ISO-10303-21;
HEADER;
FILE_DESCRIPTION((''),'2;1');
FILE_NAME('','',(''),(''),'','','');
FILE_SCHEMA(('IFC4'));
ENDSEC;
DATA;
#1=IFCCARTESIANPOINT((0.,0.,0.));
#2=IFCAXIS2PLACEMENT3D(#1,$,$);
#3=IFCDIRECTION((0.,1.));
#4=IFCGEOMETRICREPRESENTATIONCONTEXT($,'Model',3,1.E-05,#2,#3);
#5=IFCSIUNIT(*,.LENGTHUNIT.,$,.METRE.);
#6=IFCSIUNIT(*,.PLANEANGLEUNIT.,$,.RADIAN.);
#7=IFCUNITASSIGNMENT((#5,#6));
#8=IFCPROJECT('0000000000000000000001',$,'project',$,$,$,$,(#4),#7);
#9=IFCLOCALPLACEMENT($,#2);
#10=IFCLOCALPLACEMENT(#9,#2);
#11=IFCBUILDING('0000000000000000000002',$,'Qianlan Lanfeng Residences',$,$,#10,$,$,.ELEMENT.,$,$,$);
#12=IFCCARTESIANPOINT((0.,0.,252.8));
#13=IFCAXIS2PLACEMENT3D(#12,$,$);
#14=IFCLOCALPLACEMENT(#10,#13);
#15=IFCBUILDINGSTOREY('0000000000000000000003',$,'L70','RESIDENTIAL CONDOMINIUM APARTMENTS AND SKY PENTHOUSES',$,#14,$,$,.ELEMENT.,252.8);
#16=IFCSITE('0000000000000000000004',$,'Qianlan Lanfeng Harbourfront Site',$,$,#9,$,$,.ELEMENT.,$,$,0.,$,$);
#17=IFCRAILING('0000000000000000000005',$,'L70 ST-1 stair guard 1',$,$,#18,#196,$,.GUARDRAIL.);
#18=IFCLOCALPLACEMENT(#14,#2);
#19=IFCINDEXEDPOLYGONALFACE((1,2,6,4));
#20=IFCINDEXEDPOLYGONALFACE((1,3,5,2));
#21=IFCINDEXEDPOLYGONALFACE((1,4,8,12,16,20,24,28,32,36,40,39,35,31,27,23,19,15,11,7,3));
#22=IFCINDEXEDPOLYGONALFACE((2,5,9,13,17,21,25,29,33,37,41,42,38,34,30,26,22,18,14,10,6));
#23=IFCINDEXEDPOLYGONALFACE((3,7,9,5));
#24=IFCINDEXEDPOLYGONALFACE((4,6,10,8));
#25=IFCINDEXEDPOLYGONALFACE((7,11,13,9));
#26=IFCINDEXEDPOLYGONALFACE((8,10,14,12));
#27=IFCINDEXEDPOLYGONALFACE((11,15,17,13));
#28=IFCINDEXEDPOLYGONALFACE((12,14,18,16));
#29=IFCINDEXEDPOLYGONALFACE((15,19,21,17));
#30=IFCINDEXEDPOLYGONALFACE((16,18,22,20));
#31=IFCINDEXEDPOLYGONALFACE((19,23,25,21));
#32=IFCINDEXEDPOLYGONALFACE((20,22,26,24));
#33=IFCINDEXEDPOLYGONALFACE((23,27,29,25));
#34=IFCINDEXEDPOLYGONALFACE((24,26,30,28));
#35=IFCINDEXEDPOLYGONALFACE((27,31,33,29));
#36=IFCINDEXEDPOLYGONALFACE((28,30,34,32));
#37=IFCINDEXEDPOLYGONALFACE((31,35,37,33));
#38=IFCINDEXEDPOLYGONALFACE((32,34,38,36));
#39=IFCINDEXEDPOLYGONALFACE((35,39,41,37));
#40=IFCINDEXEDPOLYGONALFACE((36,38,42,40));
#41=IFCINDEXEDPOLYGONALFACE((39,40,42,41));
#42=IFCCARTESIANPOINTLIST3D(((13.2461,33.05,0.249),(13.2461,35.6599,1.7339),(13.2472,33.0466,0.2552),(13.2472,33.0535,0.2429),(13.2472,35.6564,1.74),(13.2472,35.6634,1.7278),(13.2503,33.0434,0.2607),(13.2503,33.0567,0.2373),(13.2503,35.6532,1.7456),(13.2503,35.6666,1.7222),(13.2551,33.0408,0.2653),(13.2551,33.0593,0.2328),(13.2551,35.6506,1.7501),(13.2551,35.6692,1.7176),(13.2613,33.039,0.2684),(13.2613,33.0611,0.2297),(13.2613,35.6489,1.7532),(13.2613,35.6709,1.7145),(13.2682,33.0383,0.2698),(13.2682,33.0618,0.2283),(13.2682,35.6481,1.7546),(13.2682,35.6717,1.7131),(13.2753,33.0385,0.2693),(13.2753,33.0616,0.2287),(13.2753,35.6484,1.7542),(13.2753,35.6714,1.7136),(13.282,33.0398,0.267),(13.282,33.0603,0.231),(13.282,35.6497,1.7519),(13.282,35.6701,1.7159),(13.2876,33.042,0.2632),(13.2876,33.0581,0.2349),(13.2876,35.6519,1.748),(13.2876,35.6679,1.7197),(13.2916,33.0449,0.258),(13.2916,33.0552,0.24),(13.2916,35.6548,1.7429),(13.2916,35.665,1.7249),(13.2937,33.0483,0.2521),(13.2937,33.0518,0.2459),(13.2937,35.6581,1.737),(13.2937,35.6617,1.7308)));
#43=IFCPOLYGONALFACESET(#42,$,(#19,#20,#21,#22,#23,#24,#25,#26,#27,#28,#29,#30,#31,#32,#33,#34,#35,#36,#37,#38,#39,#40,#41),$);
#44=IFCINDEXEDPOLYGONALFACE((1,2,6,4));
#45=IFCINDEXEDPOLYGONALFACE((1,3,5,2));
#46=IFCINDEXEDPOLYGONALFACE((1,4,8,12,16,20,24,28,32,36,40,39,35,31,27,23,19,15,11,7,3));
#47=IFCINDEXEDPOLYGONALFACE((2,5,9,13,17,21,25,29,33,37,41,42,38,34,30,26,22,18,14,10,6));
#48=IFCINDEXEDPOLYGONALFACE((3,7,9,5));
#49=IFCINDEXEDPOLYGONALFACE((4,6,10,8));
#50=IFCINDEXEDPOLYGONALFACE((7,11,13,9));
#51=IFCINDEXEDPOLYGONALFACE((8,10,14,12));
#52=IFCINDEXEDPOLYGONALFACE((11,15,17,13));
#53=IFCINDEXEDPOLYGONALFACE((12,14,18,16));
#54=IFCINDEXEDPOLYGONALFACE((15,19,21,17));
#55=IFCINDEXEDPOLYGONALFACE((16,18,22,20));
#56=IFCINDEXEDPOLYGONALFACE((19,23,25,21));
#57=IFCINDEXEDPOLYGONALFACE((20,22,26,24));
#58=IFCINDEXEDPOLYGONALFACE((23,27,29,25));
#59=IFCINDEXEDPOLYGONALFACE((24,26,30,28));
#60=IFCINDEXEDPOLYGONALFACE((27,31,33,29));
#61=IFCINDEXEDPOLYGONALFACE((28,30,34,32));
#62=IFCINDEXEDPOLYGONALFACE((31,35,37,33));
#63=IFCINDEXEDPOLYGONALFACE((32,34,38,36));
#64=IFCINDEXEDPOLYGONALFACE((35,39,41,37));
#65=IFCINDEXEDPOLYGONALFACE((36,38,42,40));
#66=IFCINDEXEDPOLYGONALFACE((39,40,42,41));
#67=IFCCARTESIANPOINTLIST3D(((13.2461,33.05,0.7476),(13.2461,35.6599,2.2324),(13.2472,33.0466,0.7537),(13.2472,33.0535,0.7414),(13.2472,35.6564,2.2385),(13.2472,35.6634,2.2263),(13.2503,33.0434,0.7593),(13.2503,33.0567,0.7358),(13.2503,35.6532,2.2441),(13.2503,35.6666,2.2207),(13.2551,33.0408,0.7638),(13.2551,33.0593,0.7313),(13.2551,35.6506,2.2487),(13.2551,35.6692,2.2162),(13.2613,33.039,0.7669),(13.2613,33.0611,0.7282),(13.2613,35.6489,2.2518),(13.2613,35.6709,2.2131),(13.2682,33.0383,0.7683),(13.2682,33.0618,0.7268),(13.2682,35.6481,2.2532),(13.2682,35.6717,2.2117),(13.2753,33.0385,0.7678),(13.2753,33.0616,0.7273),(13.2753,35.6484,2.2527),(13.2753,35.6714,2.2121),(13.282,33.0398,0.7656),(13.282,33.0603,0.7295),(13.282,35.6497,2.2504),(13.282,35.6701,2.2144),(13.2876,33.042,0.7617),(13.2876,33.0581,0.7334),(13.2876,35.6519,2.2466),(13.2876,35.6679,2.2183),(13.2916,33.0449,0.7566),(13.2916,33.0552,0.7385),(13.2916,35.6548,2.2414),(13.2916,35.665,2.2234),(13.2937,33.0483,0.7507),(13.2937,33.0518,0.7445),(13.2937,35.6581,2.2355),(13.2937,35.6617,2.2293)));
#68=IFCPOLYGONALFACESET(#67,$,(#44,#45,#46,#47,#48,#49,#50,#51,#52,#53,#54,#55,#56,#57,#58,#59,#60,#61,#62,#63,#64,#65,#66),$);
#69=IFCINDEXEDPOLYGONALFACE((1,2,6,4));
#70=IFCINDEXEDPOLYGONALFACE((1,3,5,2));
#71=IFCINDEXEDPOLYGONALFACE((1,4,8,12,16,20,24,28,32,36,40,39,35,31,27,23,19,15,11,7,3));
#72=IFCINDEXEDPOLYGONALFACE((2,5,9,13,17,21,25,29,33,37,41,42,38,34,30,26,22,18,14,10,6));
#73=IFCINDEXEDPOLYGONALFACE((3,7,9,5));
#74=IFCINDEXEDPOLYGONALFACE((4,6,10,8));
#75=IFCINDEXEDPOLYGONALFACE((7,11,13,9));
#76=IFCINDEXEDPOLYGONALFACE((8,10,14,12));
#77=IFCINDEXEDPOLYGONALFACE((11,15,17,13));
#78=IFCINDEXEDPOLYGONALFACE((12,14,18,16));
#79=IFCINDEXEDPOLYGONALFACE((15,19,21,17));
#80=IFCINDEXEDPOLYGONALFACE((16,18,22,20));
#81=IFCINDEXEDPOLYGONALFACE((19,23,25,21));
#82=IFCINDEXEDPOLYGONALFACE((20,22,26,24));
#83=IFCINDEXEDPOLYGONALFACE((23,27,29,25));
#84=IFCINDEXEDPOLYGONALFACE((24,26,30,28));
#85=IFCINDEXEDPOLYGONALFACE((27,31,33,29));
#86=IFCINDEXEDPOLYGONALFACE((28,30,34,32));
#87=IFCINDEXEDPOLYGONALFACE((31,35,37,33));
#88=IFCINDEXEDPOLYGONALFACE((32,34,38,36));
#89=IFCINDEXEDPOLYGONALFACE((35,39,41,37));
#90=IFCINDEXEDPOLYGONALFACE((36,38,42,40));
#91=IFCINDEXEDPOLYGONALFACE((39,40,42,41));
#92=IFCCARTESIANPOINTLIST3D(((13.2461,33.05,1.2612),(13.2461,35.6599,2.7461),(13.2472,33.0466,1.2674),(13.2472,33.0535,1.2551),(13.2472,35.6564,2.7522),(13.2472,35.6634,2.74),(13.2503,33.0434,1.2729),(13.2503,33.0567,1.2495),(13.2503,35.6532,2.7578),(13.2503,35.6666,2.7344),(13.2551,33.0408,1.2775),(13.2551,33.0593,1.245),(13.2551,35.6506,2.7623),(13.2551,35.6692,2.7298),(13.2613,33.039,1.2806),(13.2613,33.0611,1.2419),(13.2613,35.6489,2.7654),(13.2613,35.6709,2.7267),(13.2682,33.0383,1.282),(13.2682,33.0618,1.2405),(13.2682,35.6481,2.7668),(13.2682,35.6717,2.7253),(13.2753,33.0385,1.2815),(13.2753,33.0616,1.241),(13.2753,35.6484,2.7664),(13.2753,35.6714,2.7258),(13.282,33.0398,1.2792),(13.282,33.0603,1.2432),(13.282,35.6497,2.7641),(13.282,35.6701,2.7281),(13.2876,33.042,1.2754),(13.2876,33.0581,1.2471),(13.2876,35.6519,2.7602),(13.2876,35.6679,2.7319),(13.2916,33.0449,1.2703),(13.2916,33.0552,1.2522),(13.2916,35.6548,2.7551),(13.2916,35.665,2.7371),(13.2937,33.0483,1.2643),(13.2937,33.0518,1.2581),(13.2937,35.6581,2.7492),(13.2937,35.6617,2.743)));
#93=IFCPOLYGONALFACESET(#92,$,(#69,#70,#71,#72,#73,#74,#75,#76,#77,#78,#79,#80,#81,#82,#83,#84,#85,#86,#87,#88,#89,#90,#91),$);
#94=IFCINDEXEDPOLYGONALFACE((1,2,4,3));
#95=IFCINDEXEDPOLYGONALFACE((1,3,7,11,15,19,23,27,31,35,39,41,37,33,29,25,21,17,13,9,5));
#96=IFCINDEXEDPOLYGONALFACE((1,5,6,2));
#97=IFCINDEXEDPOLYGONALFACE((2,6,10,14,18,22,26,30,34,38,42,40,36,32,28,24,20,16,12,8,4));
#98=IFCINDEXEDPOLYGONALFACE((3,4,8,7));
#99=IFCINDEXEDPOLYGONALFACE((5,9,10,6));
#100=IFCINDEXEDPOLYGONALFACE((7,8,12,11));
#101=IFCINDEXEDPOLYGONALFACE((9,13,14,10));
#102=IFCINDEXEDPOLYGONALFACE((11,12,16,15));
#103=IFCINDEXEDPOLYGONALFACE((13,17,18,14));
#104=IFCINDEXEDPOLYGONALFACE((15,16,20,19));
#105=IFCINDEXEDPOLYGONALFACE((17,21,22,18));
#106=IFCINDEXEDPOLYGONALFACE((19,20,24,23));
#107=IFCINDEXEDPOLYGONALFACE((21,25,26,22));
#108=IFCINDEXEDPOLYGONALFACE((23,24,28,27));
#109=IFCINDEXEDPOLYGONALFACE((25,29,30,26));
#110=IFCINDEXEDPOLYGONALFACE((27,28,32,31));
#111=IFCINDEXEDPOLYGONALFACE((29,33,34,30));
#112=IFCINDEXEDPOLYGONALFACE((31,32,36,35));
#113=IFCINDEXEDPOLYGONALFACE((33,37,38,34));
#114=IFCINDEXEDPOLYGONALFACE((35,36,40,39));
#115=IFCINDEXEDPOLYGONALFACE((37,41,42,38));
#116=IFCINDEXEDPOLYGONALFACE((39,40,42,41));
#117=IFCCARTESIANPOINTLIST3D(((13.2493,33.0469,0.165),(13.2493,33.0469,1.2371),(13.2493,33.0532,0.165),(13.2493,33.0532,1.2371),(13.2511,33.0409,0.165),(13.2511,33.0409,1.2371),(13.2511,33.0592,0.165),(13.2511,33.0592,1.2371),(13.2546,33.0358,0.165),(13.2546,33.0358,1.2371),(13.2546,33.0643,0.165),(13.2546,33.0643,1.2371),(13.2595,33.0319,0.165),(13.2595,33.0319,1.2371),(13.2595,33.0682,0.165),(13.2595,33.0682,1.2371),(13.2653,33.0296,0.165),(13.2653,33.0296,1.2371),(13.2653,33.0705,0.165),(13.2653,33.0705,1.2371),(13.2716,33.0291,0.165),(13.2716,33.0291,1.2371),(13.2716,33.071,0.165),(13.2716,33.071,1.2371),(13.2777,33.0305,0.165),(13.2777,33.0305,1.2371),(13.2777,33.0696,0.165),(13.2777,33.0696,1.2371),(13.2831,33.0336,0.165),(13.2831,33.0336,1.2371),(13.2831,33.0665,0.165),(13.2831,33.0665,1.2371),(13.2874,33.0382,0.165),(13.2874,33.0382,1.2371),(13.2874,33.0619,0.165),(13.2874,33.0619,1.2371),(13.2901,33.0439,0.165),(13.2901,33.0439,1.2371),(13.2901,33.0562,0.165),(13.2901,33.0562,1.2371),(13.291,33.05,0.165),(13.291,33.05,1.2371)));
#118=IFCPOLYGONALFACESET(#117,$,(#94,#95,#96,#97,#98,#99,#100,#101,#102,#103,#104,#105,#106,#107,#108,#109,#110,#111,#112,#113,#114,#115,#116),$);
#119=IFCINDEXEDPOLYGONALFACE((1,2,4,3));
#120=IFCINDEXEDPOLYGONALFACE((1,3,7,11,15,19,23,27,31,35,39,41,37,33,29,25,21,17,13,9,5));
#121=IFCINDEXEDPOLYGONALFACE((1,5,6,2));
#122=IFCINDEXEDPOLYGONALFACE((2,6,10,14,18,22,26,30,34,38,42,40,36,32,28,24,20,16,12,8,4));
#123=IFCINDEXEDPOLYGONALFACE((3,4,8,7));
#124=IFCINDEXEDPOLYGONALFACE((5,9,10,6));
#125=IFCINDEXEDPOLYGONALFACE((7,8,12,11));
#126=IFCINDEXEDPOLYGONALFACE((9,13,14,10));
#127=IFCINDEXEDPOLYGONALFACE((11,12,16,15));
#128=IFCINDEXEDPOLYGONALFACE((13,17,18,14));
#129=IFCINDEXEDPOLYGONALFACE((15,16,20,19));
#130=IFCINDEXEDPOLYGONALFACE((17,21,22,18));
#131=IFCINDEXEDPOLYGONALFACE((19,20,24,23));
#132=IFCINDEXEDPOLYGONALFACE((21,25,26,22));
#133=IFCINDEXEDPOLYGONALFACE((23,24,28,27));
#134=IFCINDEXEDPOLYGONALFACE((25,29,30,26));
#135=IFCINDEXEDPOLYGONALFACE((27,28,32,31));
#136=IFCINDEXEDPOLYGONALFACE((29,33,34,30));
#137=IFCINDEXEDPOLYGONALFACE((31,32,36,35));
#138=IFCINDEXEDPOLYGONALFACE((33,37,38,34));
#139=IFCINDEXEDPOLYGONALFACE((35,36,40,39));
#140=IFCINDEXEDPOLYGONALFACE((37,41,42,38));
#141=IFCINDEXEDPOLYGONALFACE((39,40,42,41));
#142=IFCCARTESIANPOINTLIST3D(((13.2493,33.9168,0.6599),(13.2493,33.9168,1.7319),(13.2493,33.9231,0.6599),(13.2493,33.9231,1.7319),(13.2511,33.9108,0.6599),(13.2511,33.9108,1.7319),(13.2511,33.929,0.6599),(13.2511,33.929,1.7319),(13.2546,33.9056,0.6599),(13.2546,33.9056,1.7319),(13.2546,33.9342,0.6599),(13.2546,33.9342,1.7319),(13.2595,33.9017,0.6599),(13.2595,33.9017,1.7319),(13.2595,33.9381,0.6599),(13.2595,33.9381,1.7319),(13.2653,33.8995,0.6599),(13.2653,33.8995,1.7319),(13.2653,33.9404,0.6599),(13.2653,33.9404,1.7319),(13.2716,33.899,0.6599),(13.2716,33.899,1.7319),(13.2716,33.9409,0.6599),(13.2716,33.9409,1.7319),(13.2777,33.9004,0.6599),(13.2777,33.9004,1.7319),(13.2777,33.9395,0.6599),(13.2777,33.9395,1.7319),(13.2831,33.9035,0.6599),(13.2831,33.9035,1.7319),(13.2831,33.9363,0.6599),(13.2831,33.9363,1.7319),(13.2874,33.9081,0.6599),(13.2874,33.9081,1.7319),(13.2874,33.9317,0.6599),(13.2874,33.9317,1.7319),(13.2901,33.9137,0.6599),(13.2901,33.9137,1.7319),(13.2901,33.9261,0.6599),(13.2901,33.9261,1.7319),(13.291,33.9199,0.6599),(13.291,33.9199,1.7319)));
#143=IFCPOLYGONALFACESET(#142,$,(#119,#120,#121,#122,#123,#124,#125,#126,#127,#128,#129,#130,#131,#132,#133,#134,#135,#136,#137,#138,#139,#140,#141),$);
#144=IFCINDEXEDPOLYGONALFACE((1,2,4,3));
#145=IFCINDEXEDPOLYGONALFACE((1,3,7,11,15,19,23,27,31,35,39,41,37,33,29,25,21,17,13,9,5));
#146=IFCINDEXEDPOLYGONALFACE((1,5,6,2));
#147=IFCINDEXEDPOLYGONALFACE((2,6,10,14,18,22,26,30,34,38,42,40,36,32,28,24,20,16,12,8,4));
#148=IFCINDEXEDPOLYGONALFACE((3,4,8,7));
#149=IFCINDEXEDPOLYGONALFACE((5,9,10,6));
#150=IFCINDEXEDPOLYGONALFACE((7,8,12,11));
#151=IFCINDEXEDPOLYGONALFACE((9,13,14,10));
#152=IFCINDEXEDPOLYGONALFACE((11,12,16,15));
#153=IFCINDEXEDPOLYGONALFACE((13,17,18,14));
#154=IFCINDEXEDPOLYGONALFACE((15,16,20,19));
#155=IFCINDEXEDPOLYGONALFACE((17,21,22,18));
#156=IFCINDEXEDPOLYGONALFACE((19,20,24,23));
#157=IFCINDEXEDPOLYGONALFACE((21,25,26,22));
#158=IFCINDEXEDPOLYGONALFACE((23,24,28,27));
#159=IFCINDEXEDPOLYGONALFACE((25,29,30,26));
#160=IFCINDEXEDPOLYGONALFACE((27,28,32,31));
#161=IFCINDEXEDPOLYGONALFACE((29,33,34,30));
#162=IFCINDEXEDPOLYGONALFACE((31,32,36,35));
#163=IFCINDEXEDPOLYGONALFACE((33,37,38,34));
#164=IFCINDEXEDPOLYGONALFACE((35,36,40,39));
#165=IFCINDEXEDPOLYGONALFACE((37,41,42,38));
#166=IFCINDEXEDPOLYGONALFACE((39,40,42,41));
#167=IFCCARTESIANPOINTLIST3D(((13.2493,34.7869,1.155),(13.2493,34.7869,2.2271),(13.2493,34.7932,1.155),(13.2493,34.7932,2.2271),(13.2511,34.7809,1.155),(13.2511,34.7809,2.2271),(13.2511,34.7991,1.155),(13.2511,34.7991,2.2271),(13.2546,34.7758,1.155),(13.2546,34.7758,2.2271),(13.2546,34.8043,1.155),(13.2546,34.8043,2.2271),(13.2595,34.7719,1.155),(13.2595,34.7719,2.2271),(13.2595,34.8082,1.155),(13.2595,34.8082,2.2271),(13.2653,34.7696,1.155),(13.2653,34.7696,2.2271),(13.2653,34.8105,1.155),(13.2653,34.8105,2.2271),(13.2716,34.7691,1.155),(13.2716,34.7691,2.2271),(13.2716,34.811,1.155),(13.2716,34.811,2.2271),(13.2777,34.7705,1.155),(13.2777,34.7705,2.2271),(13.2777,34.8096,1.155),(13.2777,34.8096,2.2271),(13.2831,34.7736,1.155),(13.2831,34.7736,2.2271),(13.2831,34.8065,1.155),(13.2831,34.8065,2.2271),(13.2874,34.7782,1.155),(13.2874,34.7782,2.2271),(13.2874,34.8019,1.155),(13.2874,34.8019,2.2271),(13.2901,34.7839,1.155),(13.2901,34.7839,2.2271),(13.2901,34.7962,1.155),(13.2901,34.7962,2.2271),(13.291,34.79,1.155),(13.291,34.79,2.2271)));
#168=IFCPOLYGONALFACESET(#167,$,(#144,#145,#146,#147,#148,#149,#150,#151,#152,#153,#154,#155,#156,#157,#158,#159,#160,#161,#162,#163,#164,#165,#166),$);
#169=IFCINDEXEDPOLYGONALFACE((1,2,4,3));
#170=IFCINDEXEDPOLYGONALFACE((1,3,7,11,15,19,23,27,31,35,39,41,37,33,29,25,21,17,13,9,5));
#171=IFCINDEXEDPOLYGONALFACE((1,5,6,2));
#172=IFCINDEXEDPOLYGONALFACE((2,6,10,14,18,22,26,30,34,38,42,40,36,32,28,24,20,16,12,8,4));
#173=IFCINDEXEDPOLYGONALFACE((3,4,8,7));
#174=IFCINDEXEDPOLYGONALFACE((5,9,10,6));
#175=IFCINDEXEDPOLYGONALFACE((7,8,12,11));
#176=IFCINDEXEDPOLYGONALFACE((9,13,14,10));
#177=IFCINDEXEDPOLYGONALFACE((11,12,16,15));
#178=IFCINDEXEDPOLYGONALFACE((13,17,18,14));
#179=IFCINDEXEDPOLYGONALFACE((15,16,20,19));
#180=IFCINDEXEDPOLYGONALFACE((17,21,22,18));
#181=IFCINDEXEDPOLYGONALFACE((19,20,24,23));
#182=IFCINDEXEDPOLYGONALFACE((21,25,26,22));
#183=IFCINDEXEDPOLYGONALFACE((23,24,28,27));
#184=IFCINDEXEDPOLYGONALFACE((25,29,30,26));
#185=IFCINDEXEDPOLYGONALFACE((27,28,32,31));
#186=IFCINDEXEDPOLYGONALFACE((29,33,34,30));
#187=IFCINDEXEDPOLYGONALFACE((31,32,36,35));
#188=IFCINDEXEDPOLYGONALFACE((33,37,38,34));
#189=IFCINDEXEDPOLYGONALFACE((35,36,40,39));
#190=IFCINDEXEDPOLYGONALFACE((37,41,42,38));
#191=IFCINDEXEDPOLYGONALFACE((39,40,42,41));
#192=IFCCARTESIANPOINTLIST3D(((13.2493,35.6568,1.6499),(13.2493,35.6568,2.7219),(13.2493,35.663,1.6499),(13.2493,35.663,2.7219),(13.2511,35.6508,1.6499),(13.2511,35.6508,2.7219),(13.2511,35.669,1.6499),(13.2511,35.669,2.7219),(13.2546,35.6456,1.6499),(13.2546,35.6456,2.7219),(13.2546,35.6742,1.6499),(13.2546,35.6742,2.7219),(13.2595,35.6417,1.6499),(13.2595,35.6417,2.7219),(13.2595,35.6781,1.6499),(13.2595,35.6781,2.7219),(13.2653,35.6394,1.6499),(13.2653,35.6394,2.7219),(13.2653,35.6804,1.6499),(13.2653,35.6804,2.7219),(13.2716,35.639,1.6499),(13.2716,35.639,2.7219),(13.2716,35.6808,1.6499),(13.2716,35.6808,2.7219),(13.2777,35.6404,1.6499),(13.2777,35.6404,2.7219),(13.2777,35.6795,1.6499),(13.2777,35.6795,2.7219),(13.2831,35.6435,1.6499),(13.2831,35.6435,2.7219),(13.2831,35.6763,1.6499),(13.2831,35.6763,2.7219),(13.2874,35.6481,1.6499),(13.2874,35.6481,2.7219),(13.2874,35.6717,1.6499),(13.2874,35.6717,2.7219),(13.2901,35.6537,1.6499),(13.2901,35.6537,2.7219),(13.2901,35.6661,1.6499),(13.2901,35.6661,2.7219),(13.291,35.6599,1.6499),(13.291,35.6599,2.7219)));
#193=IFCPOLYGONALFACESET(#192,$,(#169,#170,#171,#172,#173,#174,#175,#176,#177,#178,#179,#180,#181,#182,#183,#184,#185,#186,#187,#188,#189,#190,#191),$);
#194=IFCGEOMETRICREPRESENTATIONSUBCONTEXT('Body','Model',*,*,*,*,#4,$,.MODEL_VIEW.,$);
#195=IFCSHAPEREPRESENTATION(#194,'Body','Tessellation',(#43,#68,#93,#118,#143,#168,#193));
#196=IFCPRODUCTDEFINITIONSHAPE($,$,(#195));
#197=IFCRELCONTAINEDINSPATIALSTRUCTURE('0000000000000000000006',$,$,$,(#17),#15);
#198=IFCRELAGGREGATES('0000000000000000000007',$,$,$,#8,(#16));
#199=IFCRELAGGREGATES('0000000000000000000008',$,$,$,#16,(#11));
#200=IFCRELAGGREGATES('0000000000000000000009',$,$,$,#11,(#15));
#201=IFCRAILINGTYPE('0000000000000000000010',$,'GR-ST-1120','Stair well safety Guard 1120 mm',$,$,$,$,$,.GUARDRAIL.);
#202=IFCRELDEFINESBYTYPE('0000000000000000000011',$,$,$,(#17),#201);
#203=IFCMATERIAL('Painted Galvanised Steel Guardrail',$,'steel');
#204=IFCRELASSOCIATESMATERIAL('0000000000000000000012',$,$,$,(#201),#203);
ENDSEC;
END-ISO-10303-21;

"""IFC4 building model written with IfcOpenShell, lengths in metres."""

from ifc_helpers import new_model, si_unit, direction, frame, origin, origin_2d, place, context, subcontext, project, spatial, circle, extrude, material, type_object, element, save


model = new_model("IFC4")

# Units and contexts
model_context = context("Model", 3, precision=1e-05, world=origin(), true_north=direction((0.0, 1.0)))
body_context = subcontext(model_context, "Body", "Model", "MODEL_VIEW")
ifc_project = project(units=[si_unit("LENGTHUNIT", "METRE"), si_unit("PLANEANGLEUNIT", "RADIAN")], contexts=[model_context])

# Site, building, storey
site_placement = place(None, origin())
site = spatial("IfcSite", under=ifc_project, at=site_placement, Name="Qianlan Lanfeng Harbourfront Site", CompositionType="ELEMENT", RefElevation=0.0)
building_placement = place(site_placement, origin())
building = spatial("IfcBuilding", under=site, at=building_placement, Name="Qianlan Lanfeng Residences", CompositionType="ELEMENT")
storey_placement = place(building_placement, frame((0.0, 0.0, 252.8)))
storey = spatial("IfcBuildingStorey", under=building, at=storey_placement, Name="L70", Description="RESIDENTIAL CONDOMINIUM APARTMENTS AND SKY PENTHOUSES", CompositionType="ELEMENT", Elevation=252.8)

# Railing
ifc_material_1 = material(Name="Painted Galvanised Steel Guardrail", Category="steel")
railing_type_1 = type_object("IfcRailingType", Name="GR-ST-1120", Description="Stair well safety Guard 1120 mm", PredefinedType="GUARDRAIL", material=ifc_material_1)
railing_1_placement = place(storey_placement, frame((13.27, 33.05, 0.165)))
element("IfcRailing", 1, at=railing_1_placement, inside=storey, type_object=railing_type_1, Name="L70 ST-1 stair guard 1", PredefinedType="GUARDRAIL", context=body_context, shape_type="SweptSolid", body=[
    extrude(circle(Radius=0.0239, at=origin_2d()), frame((0.0, 0.0, 0.084), z_axis=(0.0, 0.869172, 0.494509), x_axis=(-1.0, 0.0, 0.0)), (0.0, 0.0, 1.0), 3.0027),
    extrude(circle(Radius=0.0239, at=origin_2d()), frame((0.0, 0.0, 0.5825), z_axis=(0.0, 0.869172, 0.494509), x_axis=(-1.0, 0.0, 0.0)), (0.0, 0.0, 1.0), 3.0027),
    extrude(circle(Radius=0.0239, at=origin_2d()), frame((0.0, 0.0, 1.0962), z_axis=(0.0, 0.869172, 0.494509), x_axis=(-1.0, 0.0, 0.0)), (0.0, 0.0, 1.0), 3.0027),
    extrude(circle(Radius=0.021, at=origin_2d()), origin(), (0.0, 0.0, 1.0), 1.072),
    extrude(circle(Radius=0.021, at=origin_2d()), frame((0.0, 0.8699, 0.4949)), (0.0, 0.0, 1.0), 1.072),
    extrude(circle(Radius=0.021, at=origin_2d()), frame((0.0, 1.74, 0.99)), (0.0, 0.0, 1.0), 1.072),
    extrude(circle(Radius=0.021, at=origin_2d()), frame((0.0, 2.6099, 1.4849)), (0.0, 0.0, 1.0), 1.072),
])

save(model, "model.ifc")
